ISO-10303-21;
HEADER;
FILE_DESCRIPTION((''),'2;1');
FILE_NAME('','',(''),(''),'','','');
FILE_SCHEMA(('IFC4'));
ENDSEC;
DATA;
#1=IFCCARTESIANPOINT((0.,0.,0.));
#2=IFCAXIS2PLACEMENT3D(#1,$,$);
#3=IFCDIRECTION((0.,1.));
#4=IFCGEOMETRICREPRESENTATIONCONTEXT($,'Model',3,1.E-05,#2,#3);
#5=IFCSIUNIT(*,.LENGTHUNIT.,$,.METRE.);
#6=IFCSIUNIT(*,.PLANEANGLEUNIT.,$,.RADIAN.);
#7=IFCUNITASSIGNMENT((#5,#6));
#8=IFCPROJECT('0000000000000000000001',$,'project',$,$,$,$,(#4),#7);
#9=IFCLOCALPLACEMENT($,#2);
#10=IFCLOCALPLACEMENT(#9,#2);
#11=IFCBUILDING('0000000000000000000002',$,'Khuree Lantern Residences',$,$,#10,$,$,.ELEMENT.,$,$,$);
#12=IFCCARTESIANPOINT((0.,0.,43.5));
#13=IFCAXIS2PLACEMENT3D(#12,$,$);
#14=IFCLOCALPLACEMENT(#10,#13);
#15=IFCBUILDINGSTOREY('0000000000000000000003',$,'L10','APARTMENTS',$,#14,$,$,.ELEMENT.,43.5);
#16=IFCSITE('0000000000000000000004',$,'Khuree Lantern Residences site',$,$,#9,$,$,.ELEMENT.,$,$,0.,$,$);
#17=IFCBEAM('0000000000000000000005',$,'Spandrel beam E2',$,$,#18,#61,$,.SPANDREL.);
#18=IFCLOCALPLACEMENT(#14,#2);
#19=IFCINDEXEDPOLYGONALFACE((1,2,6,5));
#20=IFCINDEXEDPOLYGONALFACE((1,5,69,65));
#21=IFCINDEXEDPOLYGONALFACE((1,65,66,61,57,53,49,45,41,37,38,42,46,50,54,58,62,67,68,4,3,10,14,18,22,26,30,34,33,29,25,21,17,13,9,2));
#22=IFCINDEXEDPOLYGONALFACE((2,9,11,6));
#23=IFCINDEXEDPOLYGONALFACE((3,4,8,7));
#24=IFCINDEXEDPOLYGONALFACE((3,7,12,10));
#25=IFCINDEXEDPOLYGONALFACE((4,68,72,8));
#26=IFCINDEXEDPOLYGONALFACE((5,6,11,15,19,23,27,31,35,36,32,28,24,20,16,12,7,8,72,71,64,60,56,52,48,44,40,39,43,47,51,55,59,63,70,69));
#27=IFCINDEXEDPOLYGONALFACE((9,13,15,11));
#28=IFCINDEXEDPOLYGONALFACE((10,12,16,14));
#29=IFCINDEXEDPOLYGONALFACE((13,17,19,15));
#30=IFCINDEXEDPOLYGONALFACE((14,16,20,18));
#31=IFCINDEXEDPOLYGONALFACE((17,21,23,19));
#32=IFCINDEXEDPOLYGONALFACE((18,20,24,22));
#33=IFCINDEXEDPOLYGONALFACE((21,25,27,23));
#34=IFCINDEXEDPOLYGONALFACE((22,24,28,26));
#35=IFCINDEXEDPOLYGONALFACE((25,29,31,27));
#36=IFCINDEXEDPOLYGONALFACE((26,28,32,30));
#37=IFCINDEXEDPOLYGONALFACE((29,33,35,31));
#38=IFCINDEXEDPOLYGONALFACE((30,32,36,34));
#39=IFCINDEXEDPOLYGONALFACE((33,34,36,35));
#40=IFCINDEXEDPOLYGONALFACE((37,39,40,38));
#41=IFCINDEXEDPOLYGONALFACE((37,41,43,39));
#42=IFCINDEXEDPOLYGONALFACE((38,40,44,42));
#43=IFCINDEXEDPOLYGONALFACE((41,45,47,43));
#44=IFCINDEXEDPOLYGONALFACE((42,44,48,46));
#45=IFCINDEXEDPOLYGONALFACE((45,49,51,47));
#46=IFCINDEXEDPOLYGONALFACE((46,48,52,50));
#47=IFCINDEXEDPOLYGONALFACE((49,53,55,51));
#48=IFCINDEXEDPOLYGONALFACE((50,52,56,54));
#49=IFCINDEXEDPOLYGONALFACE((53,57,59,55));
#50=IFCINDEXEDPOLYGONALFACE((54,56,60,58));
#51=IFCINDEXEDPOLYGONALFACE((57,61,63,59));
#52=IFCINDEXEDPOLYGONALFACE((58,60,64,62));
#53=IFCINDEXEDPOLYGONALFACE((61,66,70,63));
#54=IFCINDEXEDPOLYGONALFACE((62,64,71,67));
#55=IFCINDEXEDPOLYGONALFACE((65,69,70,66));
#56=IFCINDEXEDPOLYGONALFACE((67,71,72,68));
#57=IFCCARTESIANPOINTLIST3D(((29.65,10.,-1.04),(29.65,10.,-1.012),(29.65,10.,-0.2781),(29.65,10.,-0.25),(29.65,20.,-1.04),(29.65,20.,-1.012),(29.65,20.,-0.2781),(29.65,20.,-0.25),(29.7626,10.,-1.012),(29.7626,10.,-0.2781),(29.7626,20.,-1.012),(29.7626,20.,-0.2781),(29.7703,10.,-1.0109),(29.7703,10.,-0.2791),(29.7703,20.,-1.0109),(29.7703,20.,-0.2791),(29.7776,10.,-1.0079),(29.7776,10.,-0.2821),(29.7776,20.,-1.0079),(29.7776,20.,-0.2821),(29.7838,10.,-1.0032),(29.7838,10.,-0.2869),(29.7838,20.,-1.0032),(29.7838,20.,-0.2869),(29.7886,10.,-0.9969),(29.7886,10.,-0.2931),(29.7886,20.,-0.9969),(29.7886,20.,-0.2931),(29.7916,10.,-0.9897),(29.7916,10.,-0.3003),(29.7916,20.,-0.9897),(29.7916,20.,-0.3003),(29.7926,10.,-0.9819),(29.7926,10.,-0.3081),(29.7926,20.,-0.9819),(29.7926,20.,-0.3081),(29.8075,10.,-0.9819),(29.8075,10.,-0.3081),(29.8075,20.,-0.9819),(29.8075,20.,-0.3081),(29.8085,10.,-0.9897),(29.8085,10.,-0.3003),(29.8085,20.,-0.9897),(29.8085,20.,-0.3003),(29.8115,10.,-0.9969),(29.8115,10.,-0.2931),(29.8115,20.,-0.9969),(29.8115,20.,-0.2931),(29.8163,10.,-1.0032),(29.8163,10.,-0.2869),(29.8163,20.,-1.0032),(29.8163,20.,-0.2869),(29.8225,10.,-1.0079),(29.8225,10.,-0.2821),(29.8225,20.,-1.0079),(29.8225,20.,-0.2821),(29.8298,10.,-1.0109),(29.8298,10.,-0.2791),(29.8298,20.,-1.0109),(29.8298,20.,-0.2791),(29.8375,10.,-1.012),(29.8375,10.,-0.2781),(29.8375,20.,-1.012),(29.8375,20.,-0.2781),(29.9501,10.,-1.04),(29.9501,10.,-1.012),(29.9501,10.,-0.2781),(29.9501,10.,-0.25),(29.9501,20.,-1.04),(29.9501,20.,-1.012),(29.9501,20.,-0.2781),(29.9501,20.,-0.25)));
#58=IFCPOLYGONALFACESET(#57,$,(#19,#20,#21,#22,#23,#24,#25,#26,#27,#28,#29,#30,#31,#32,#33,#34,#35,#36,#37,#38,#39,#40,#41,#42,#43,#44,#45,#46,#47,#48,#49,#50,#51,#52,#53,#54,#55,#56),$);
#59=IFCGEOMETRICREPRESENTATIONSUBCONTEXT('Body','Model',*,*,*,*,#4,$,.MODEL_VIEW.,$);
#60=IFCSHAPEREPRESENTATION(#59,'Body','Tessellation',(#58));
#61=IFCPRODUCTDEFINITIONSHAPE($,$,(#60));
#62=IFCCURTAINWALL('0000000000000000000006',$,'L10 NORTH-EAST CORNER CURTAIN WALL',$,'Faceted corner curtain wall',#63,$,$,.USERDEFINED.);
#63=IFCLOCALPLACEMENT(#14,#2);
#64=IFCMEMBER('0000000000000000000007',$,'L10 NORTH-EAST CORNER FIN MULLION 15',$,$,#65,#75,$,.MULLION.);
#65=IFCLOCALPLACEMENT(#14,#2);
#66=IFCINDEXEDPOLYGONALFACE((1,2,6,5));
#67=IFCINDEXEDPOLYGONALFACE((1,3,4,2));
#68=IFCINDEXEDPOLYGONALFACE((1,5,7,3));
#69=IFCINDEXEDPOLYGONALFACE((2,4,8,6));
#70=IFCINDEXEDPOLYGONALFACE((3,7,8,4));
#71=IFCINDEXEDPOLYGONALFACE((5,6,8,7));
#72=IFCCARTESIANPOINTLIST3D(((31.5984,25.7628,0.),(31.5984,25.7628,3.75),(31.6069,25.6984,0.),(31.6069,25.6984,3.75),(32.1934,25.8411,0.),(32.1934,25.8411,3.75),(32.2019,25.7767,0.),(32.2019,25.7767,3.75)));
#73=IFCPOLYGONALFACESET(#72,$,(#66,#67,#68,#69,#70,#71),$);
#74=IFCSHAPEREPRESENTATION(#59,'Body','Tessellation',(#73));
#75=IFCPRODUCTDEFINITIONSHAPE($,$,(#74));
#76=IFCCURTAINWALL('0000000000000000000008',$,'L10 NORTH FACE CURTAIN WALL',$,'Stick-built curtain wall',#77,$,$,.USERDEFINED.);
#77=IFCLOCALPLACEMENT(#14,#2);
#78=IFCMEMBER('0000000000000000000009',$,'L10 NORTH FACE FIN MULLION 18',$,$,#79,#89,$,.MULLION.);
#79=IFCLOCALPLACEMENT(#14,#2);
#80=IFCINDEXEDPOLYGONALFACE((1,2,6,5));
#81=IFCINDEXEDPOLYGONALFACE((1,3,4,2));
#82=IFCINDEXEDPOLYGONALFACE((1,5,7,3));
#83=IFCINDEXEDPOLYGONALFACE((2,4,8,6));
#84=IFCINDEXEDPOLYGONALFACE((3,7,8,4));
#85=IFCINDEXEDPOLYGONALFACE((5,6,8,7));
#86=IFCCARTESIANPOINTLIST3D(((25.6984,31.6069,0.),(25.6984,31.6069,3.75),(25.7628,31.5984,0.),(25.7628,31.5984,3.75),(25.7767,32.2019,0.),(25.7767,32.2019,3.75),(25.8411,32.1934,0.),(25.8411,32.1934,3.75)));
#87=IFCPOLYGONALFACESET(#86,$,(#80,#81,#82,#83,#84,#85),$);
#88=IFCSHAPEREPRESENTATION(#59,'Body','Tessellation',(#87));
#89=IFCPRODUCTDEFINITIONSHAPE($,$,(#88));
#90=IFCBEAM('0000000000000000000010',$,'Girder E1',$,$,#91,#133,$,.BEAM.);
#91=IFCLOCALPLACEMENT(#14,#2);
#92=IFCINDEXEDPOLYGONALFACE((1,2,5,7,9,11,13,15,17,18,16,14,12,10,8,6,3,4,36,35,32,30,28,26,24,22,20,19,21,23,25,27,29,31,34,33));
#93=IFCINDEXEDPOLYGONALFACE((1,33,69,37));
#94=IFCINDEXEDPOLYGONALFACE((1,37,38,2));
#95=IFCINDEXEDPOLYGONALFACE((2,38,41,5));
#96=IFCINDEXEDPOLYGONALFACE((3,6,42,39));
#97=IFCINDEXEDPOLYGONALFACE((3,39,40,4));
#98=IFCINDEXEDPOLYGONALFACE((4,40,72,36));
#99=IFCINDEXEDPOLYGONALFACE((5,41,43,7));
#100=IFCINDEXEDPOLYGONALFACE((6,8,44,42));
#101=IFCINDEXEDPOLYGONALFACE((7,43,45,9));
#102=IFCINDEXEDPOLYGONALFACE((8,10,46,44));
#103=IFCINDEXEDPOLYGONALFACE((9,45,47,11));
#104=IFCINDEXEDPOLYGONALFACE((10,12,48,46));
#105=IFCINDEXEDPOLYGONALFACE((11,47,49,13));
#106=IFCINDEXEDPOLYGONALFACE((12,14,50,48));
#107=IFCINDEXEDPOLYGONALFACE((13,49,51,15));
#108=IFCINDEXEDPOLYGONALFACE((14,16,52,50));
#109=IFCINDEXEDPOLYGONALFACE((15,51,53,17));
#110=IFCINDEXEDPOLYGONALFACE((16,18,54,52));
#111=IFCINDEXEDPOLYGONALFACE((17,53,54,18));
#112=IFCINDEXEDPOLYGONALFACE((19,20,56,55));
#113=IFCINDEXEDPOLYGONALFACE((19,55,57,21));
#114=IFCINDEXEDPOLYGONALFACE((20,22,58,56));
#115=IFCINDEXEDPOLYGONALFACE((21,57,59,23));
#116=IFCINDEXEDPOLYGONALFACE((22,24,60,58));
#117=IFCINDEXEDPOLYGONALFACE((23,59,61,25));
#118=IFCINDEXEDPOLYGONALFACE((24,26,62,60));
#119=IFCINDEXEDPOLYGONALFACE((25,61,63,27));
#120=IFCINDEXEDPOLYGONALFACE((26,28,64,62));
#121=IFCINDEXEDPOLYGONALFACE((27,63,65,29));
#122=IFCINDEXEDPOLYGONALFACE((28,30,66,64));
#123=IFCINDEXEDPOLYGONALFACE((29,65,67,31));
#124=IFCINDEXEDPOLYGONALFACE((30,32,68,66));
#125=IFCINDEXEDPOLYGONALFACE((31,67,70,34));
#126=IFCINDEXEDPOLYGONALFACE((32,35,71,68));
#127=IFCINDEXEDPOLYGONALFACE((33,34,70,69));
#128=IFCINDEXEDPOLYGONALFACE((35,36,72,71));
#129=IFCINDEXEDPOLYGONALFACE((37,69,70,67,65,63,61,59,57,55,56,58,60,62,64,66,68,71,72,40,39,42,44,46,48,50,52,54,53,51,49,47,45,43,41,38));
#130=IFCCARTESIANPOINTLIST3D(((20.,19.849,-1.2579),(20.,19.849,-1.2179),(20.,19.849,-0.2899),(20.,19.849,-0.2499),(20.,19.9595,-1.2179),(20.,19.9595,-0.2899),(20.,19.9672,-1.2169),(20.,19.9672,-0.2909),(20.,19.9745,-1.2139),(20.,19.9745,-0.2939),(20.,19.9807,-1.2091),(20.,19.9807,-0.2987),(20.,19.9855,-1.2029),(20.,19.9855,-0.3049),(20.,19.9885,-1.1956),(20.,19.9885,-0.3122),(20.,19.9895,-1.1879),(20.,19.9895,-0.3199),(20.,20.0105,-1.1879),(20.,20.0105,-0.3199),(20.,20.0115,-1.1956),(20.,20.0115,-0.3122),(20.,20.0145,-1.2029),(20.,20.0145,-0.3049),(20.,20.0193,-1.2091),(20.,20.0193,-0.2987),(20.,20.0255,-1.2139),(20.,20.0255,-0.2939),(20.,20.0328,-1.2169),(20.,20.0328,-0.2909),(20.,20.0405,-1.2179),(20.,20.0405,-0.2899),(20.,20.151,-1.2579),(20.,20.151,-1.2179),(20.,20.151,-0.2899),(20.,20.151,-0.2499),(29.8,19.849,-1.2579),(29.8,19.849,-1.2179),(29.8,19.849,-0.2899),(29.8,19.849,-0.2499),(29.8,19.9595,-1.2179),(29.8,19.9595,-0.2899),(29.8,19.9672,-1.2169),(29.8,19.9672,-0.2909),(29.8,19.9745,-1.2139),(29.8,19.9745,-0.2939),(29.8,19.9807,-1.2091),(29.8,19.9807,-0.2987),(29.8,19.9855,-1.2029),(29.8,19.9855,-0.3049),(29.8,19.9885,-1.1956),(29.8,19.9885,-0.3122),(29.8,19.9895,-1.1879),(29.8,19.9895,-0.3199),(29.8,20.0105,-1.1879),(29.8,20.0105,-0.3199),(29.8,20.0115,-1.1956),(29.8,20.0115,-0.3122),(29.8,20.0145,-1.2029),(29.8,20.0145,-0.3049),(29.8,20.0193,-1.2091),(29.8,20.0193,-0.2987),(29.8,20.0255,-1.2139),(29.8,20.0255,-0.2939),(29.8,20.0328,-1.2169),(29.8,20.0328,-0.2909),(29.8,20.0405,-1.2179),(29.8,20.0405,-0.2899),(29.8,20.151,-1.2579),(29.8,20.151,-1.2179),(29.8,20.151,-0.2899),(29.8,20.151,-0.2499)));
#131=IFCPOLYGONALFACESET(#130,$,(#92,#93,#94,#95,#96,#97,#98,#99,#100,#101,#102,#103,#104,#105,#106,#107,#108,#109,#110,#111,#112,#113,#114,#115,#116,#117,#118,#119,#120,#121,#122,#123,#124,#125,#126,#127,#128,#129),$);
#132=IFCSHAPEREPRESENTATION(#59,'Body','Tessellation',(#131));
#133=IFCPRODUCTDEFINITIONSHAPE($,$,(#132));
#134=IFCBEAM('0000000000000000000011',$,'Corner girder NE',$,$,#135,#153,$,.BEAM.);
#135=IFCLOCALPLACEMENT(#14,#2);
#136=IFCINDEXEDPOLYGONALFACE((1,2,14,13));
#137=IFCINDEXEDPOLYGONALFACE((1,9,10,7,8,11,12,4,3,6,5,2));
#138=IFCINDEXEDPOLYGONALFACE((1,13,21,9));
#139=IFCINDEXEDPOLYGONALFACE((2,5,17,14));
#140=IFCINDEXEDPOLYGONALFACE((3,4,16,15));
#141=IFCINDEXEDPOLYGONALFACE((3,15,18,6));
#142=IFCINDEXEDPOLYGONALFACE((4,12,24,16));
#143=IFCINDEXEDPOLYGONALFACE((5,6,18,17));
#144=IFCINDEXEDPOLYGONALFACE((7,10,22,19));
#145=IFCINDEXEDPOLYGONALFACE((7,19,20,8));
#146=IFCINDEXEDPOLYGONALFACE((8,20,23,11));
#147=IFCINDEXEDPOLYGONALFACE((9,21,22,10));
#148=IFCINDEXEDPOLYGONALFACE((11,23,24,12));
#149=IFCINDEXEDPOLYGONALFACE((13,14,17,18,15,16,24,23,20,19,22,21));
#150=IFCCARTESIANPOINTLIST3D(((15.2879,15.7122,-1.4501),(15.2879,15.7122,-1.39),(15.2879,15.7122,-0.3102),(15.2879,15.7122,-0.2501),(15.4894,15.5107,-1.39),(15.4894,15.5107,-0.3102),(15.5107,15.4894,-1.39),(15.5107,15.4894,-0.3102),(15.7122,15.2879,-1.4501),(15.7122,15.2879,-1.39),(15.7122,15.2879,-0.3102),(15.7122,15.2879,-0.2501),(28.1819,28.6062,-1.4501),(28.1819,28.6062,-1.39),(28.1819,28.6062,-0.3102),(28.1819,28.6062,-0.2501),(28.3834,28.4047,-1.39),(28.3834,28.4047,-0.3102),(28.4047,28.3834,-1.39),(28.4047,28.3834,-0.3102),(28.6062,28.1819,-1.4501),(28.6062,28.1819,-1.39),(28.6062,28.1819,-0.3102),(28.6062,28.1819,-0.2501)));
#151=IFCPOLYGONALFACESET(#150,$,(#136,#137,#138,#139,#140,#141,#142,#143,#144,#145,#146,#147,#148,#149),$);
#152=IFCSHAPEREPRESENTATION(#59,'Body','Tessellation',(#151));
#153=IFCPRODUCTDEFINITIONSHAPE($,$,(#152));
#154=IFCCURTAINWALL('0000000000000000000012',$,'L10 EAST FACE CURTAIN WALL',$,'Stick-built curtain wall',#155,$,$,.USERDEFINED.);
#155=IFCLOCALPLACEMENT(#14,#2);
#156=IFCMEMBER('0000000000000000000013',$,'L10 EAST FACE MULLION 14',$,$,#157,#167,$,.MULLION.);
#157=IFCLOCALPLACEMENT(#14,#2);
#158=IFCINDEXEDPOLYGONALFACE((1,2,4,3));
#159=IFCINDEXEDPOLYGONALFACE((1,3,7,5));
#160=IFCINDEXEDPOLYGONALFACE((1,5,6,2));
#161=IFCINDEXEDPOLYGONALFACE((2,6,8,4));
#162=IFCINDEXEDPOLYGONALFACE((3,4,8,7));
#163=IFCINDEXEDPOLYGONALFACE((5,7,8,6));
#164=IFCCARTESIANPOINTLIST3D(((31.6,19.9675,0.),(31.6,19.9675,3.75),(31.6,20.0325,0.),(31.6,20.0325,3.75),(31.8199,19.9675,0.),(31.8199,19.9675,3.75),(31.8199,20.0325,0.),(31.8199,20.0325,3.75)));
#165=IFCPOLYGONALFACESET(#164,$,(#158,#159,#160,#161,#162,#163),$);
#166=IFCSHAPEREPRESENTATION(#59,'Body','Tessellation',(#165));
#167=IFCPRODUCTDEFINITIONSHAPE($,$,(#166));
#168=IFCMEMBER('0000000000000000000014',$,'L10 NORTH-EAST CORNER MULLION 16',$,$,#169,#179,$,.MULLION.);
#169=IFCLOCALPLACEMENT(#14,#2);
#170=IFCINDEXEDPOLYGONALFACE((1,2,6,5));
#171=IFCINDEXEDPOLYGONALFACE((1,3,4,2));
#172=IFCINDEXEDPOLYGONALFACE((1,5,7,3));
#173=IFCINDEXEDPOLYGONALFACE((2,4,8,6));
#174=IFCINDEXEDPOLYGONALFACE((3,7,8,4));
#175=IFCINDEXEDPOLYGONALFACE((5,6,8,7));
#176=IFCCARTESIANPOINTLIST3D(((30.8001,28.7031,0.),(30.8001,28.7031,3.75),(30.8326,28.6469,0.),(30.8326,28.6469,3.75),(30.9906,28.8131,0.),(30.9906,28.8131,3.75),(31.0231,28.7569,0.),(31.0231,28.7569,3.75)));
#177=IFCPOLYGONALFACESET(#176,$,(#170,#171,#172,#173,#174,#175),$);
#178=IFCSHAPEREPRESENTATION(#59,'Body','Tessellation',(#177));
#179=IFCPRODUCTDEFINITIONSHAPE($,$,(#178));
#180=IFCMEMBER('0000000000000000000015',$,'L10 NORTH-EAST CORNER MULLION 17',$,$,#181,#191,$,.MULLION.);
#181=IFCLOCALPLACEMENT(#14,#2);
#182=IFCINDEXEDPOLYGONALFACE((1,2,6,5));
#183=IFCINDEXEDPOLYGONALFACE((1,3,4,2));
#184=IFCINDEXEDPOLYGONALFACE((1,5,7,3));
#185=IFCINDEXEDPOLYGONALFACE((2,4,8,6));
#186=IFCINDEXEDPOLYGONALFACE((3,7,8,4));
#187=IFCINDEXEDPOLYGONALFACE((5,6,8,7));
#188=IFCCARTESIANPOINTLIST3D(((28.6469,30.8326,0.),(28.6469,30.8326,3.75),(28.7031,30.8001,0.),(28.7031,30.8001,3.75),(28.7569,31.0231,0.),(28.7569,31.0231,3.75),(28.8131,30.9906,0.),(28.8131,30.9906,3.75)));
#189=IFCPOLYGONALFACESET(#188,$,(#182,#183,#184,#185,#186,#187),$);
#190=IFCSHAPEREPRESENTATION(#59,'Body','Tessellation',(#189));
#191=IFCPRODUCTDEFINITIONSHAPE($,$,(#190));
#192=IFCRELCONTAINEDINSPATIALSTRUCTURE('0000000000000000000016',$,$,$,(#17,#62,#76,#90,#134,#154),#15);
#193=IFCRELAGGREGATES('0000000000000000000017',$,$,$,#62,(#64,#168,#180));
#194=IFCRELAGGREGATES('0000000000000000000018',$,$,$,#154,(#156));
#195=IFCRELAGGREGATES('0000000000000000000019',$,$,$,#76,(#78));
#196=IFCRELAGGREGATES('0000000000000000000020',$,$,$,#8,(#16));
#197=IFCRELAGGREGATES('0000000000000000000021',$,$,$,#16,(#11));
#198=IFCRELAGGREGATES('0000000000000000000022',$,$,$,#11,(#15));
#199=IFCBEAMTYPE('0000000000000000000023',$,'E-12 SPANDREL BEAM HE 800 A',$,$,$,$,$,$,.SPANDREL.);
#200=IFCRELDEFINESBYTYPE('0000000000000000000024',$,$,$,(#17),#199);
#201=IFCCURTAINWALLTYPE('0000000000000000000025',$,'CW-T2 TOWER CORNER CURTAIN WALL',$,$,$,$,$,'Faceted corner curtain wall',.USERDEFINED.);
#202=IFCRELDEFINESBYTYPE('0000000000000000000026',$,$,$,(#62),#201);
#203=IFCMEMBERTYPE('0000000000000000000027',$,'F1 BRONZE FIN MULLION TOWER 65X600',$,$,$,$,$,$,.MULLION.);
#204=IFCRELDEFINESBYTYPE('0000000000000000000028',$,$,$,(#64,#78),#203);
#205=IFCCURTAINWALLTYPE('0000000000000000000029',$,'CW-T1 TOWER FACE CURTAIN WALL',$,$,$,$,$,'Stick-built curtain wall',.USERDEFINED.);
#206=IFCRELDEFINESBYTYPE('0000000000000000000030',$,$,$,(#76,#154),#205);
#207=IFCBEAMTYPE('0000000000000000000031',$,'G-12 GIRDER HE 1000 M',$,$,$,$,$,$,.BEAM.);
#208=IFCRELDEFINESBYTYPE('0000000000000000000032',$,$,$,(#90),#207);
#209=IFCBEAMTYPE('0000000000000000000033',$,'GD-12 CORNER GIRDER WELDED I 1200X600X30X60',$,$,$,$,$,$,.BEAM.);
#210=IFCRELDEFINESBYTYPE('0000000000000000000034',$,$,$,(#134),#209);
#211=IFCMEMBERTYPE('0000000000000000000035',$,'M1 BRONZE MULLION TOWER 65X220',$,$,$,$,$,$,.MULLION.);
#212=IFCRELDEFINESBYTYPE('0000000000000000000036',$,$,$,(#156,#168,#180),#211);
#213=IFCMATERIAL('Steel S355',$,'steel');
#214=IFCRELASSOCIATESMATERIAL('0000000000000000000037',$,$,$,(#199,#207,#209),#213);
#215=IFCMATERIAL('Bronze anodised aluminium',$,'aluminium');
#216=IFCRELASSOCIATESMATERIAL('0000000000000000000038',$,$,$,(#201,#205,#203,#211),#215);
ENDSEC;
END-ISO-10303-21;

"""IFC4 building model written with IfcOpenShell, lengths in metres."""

from ifc_helpers import new_model, si_unit, direction, frame, origin, origin_2d, place, context, subcontext, project, spatial, rectangle, i_section, extrude, material, material_profile, profile_set, type_object, element, aggregate, save


model = new_model("IFC4")

# Units and contexts
model_context = context("Model", 3, precision=1e-05, world=origin(), true_north=direction((0.0, 1.0)))
body_context = subcontext(model_context, "Body", "Model", "MODEL_VIEW")
ifc_project = project(units=[si_unit("LENGTHUNIT", "METRE"), si_unit("PLANEANGLEUNIT", "RADIAN")], contexts=[model_context])

# Site, building, storey
site_placement = place(None, origin())
site = spatial("IfcSite", under=ifc_project, at=site_placement, Name="Khuree Lantern Residences site", CompositionType="ELEMENT", RefElevation=0.0)
building_placement = place(site_placement, origin())
building = spatial("IfcBuilding", under=site, at=building_placement, Name="Khuree Lantern Residences", CompositionType="ELEMENT")
storey_placement = place(building_placement, frame((0.0, 0.0, 43.5)))
storey = spatial("IfcBuildingStorey", under=building, at=storey_placement, Name="L10", Description="APARTMENTS", CompositionType="ELEMENT", Elevation=43.5)

# Beam
ifc_material_1 = material(Name="Steel S355", Category="steel")
ifc_material_profile_1 = material_profile(ifc_material_1, i_section(OverallWidth=0.3, OverallDepth=0.79, WebThickness=0.0149, FlangeThickness=0.0281, FilletRadius=0.03, at=origin_2d()), Name="HE 800 A")
ifc_profile_set_1 = profile_set([ifc_material_profile_1], Name="Steel S355")
beam_type_1 = type_object("IfcBeamType", Name="E-12 SPANDREL BEAM HE 800 A", PredefinedType="SPANDREL", material=ifc_profile_set_1)
beam_1_placement = place(storey_placement, frame((29.8, 20.0, -0.645), z_axis=(0.0, -1.0, 0.0), x_axis=(1.0, 0.0, 0.0)))
element("IfcBeam", 1, at=beam_1_placement, inside=storey, type_object=beam_type_1, Name="Spandrel beam E2", PredefinedType="SPANDREL", context=body_context, shape_type="SweptSolid", body=[
    extrude(i_section(OverallWidth=0.3, OverallDepth=0.79, WebThickness=0.0149, FlangeThickness=0.0281, FilletRadius=0.03, at=origin_2d()), origin(), (0.0, 0.0, 1.0), 10.0),
])

# Curtain walls, members
ifc_material_2 = material(Name="Bronze anodised aluminium", Category="aluminium")
curtain_wall_type_1 = type_object("IfcCurtainWallType", Name="CW-T2 TOWER CORNER CURTAIN WALL", ElementType="Faceted corner curtain wall", PredefinedType="USERDEFINED", material=ifc_material_2)
curtain_wall_1_placement = place(storey_placement, origin())
curtain_wall_1 = element("IfcCurtainWall", 2, at=curtain_wall_1_placement, inside=storey, type_object=curtain_wall_type_1, Name="L10 NORTH-EAST CORNER CURTAIN WALL", ObjectType="Faceted corner curtain wall", PredefinedType="USERDEFINED")
ifc_material_profile_2 = material_profile(ifc_material_2, rectangle(XDim=0.0649, YDim=0.6001, at=origin_2d()), Name="F1 65X600")
ifc_profile_set_2 = profile_set([ifc_material_profile_2], Name="Bronze anodised aluminium")
member_type_1 = type_object("IfcMemberType", Name="F1 BRONZE FIN MULLION TOWER 65X600", PredefinedType="MULLION", material=ifc_profile_set_2)
member_1_placement = place(storey_placement, frame((31.9001, 25.7698, 0.0), z_axis=(0.0, 0.0, 1.0), x_axis=(-0.130526, 0.991445, 0.0)))
member_1 = element("IfcMember", 3, at=member_1_placement, type_object=member_type_1, Name="L10 NORTH-EAST CORNER FIN MULLION 15", PredefinedType="MULLION", context=body_context, shape_type="SweptSolid", body=[
    extrude(rectangle(XDim=0.0649, YDim=0.6001, at=origin_2d()), origin(), (0.0, 0.0, 1.0), 3.75),
])
curtain_wall_type_2 = type_object("IfcCurtainWallType", Name="CW-T1 TOWER FACE CURTAIN WALL", ElementType="Stick-built curtain wall", PredefinedType="USERDEFINED", material=ifc_material_2)
curtain_wall_2_placement = place(storey_placement, origin())
curtain_wall_2 = element("IfcCurtainWall", 4, at=curtain_wall_2_placement, inside=storey, type_object=curtain_wall_type_2, Name="L10 NORTH FACE CURTAIN WALL", ObjectType="Stick-built curtain wall", PredefinedType="USERDEFINED")
member_2_placement = place(storey_placement, frame((25.7698, 31.9001, 0.0), z_axis=(0.0, 0.0, 1.0), x_axis=(-0.991445, 0.130526, 0.0)))
member_2 = element("IfcMember", 5, at=member_2_placement, type_object=member_type_1, Name="L10 NORTH FACE FIN MULLION 18", PredefinedType="MULLION", context=body_context, shape_type="SweptSolid", body=[
    extrude(rectangle(XDim=0.0649, YDim=0.6001, at=origin_2d()), origin(), (0.0, 0.0, 1.0), 3.75),
])

# Beams
ifc_material_profile_3 = material_profile(ifc_material_1, i_section(OverallWidth=0.302, OverallDepth=1.0081, WebThickness=0.021, FlangeThickness=0.04, FilletRadius=0.03, at=origin_2d()), Name="HE 1000 M")
ifc_profile_set_3 = profile_set([ifc_material_profile_3], Name="Steel S355")
beam_type_2 = type_object("IfcBeamType", Name="G-12 GIRDER HE 1000 M", PredefinedType="BEAM", material=ifc_profile_set_3)
beam_2_placement = place(storey_placement, frame((29.8, 20.0, -0.7539), z_axis=(-1.0, 0.0, 0.0), x_axis=(0.0, -1.0, 0.0)))
element("IfcBeam", 6, at=beam_2_placement, inside=storey, type_object=beam_type_2, Name="Girder E1", PredefinedType="BEAM", context=body_context, shape_type="SweptSolid", body=[
    extrude(i_section(OverallWidth=0.302, OverallDepth=1.0081, WebThickness=0.021, FlangeThickness=0.04, FilletRadius=0.03, at=origin_2d()), origin(), (0.0, 0.0, 1.0), 9.8),
])
ifc_material_profile_4 = material_profile(ifc_material_1, i_section(OverallWidth=0.6001, OverallDepth=1.2, WebThickness=0.03, FlangeThickness=0.0601, at=origin_2d()), Name="WELDED I 1200X600X30X60")
ifc_profile_set_4 = profile_set([ifc_material_profile_4], Name="Steel S355")
beam_type_3 = type_object("IfcBeamType", Name="GD-12 CORNER GIRDER WELDED I 1200X600X30X60", PredefinedType="BEAM", material=ifc_profile_set_4)
beam_3_placement = place(storey_placement, frame((28.394, 28.394, -0.8501), z_axis=(-0.707107, -0.707107, 0.0), x_axis=(0.707107, -0.707107, 0.0)))
element("IfcBeam", 7, at=beam_3_placement, inside=storey, type_object=beam_type_3, Name="Corner girder NE", PredefinedType="BEAM", context=body_context, shape_type="SweptSolid", body=[
    extrude(i_section(OverallWidth=0.6001, OverallDepth=1.2, WebThickness=0.03, FlangeThickness=0.0601, at=origin_2d()), origin(), (0.0, 0.0, 1.0), 18.2349),
])

# Curtain wall, member
curtain_wall_3_placement = place(storey_placement, origin())
curtain_wall_3 = element("IfcCurtainWall", 8, at=curtain_wall_3_placement, inside=storey, type_object=curtain_wall_type_2, Name="L10 EAST FACE CURTAIN WALL", ObjectType="Stick-built curtain wall", PredefinedType="USERDEFINED")
ifc_material_profile_5 = material_profile(ifc_material_2, rectangle(XDim=0.0649, YDim=0.22, at=origin_2d()), Name="M1 65X220")
ifc_profile_set_5 = profile_set([ifc_material_profile_5], Name="Bronze anodised aluminium")
member_type_2 = type_object("IfcMemberType", Name="M1 BRONZE MULLION TOWER 65X220", PredefinedType="MULLION", material=ifc_profile_set_5)
member_3_placement = place(storey_placement, frame((31.71, 20.0, 0.0), z_axis=(0.0, 0.0, 1.0), x_axis=(0.0, 1.0, 0.0)))
member_3 = element("IfcMember", 9, at=member_3_placement, type_object=member_type_2, Name="L10 EAST FACE MULLION 14", PredefinedType="MULLION", context=body_context, shape_type="SweptSolid", body=[
    extrude(rectangle(XDim=0.0649, YDim=0.22, at=origin_2d()), origin(), (0.0, 0.0, 1.0), 3.75),
])

# Members
member_4_placement = place(storey_placement, frame((30.9116, 28.73, 0.0), z_axis=(0.0, 0.0, 1.0), x_axis=(-0.5, 0.866025, 0.0)))
member_4 = element("IfcMember", 10, at=member_4_placement, type_object=member_type_2, Name="L10 NORTH-EAST CORNER MULLION 16", PredefinedType="MULLION", context=body_context, shape_type="SweptSolid", body=[
    extrude(rectangle(XDim=0.0649, YDim=0.22, at=origin_2d()), origin(), (0.0, 0.0, 1.0), 3.75),
])
member_5_placement = place(storey_placement, frame((28.73, 30.9116, 0.0), z_axis=(0.0, 0.0, 1.0), x_axis=(-0.866025, 0.5, 0.0)))
member_5 = element("IfcMember", 11, at=member_5_placement, type_object=member_type_2, Name="L10 NORTH-EAST CORNER MULLION 17", PredefinedType="MULLION", context=body_context, shape_type="SweptSolid", body=[
    extrude(rectangle(XDim=0.0649, YDim=0.22, at=origin_2d()), origin(), (0.0, 0.0, 1.0), 3.75),
])

aggregate(curtain_wall_1, [member_1, member_4, member_5])
aggregate(curtain_wall_3, [member_3])
aggregate(curtain_wall_2, [member_2])

save(model, "model.ifc")
